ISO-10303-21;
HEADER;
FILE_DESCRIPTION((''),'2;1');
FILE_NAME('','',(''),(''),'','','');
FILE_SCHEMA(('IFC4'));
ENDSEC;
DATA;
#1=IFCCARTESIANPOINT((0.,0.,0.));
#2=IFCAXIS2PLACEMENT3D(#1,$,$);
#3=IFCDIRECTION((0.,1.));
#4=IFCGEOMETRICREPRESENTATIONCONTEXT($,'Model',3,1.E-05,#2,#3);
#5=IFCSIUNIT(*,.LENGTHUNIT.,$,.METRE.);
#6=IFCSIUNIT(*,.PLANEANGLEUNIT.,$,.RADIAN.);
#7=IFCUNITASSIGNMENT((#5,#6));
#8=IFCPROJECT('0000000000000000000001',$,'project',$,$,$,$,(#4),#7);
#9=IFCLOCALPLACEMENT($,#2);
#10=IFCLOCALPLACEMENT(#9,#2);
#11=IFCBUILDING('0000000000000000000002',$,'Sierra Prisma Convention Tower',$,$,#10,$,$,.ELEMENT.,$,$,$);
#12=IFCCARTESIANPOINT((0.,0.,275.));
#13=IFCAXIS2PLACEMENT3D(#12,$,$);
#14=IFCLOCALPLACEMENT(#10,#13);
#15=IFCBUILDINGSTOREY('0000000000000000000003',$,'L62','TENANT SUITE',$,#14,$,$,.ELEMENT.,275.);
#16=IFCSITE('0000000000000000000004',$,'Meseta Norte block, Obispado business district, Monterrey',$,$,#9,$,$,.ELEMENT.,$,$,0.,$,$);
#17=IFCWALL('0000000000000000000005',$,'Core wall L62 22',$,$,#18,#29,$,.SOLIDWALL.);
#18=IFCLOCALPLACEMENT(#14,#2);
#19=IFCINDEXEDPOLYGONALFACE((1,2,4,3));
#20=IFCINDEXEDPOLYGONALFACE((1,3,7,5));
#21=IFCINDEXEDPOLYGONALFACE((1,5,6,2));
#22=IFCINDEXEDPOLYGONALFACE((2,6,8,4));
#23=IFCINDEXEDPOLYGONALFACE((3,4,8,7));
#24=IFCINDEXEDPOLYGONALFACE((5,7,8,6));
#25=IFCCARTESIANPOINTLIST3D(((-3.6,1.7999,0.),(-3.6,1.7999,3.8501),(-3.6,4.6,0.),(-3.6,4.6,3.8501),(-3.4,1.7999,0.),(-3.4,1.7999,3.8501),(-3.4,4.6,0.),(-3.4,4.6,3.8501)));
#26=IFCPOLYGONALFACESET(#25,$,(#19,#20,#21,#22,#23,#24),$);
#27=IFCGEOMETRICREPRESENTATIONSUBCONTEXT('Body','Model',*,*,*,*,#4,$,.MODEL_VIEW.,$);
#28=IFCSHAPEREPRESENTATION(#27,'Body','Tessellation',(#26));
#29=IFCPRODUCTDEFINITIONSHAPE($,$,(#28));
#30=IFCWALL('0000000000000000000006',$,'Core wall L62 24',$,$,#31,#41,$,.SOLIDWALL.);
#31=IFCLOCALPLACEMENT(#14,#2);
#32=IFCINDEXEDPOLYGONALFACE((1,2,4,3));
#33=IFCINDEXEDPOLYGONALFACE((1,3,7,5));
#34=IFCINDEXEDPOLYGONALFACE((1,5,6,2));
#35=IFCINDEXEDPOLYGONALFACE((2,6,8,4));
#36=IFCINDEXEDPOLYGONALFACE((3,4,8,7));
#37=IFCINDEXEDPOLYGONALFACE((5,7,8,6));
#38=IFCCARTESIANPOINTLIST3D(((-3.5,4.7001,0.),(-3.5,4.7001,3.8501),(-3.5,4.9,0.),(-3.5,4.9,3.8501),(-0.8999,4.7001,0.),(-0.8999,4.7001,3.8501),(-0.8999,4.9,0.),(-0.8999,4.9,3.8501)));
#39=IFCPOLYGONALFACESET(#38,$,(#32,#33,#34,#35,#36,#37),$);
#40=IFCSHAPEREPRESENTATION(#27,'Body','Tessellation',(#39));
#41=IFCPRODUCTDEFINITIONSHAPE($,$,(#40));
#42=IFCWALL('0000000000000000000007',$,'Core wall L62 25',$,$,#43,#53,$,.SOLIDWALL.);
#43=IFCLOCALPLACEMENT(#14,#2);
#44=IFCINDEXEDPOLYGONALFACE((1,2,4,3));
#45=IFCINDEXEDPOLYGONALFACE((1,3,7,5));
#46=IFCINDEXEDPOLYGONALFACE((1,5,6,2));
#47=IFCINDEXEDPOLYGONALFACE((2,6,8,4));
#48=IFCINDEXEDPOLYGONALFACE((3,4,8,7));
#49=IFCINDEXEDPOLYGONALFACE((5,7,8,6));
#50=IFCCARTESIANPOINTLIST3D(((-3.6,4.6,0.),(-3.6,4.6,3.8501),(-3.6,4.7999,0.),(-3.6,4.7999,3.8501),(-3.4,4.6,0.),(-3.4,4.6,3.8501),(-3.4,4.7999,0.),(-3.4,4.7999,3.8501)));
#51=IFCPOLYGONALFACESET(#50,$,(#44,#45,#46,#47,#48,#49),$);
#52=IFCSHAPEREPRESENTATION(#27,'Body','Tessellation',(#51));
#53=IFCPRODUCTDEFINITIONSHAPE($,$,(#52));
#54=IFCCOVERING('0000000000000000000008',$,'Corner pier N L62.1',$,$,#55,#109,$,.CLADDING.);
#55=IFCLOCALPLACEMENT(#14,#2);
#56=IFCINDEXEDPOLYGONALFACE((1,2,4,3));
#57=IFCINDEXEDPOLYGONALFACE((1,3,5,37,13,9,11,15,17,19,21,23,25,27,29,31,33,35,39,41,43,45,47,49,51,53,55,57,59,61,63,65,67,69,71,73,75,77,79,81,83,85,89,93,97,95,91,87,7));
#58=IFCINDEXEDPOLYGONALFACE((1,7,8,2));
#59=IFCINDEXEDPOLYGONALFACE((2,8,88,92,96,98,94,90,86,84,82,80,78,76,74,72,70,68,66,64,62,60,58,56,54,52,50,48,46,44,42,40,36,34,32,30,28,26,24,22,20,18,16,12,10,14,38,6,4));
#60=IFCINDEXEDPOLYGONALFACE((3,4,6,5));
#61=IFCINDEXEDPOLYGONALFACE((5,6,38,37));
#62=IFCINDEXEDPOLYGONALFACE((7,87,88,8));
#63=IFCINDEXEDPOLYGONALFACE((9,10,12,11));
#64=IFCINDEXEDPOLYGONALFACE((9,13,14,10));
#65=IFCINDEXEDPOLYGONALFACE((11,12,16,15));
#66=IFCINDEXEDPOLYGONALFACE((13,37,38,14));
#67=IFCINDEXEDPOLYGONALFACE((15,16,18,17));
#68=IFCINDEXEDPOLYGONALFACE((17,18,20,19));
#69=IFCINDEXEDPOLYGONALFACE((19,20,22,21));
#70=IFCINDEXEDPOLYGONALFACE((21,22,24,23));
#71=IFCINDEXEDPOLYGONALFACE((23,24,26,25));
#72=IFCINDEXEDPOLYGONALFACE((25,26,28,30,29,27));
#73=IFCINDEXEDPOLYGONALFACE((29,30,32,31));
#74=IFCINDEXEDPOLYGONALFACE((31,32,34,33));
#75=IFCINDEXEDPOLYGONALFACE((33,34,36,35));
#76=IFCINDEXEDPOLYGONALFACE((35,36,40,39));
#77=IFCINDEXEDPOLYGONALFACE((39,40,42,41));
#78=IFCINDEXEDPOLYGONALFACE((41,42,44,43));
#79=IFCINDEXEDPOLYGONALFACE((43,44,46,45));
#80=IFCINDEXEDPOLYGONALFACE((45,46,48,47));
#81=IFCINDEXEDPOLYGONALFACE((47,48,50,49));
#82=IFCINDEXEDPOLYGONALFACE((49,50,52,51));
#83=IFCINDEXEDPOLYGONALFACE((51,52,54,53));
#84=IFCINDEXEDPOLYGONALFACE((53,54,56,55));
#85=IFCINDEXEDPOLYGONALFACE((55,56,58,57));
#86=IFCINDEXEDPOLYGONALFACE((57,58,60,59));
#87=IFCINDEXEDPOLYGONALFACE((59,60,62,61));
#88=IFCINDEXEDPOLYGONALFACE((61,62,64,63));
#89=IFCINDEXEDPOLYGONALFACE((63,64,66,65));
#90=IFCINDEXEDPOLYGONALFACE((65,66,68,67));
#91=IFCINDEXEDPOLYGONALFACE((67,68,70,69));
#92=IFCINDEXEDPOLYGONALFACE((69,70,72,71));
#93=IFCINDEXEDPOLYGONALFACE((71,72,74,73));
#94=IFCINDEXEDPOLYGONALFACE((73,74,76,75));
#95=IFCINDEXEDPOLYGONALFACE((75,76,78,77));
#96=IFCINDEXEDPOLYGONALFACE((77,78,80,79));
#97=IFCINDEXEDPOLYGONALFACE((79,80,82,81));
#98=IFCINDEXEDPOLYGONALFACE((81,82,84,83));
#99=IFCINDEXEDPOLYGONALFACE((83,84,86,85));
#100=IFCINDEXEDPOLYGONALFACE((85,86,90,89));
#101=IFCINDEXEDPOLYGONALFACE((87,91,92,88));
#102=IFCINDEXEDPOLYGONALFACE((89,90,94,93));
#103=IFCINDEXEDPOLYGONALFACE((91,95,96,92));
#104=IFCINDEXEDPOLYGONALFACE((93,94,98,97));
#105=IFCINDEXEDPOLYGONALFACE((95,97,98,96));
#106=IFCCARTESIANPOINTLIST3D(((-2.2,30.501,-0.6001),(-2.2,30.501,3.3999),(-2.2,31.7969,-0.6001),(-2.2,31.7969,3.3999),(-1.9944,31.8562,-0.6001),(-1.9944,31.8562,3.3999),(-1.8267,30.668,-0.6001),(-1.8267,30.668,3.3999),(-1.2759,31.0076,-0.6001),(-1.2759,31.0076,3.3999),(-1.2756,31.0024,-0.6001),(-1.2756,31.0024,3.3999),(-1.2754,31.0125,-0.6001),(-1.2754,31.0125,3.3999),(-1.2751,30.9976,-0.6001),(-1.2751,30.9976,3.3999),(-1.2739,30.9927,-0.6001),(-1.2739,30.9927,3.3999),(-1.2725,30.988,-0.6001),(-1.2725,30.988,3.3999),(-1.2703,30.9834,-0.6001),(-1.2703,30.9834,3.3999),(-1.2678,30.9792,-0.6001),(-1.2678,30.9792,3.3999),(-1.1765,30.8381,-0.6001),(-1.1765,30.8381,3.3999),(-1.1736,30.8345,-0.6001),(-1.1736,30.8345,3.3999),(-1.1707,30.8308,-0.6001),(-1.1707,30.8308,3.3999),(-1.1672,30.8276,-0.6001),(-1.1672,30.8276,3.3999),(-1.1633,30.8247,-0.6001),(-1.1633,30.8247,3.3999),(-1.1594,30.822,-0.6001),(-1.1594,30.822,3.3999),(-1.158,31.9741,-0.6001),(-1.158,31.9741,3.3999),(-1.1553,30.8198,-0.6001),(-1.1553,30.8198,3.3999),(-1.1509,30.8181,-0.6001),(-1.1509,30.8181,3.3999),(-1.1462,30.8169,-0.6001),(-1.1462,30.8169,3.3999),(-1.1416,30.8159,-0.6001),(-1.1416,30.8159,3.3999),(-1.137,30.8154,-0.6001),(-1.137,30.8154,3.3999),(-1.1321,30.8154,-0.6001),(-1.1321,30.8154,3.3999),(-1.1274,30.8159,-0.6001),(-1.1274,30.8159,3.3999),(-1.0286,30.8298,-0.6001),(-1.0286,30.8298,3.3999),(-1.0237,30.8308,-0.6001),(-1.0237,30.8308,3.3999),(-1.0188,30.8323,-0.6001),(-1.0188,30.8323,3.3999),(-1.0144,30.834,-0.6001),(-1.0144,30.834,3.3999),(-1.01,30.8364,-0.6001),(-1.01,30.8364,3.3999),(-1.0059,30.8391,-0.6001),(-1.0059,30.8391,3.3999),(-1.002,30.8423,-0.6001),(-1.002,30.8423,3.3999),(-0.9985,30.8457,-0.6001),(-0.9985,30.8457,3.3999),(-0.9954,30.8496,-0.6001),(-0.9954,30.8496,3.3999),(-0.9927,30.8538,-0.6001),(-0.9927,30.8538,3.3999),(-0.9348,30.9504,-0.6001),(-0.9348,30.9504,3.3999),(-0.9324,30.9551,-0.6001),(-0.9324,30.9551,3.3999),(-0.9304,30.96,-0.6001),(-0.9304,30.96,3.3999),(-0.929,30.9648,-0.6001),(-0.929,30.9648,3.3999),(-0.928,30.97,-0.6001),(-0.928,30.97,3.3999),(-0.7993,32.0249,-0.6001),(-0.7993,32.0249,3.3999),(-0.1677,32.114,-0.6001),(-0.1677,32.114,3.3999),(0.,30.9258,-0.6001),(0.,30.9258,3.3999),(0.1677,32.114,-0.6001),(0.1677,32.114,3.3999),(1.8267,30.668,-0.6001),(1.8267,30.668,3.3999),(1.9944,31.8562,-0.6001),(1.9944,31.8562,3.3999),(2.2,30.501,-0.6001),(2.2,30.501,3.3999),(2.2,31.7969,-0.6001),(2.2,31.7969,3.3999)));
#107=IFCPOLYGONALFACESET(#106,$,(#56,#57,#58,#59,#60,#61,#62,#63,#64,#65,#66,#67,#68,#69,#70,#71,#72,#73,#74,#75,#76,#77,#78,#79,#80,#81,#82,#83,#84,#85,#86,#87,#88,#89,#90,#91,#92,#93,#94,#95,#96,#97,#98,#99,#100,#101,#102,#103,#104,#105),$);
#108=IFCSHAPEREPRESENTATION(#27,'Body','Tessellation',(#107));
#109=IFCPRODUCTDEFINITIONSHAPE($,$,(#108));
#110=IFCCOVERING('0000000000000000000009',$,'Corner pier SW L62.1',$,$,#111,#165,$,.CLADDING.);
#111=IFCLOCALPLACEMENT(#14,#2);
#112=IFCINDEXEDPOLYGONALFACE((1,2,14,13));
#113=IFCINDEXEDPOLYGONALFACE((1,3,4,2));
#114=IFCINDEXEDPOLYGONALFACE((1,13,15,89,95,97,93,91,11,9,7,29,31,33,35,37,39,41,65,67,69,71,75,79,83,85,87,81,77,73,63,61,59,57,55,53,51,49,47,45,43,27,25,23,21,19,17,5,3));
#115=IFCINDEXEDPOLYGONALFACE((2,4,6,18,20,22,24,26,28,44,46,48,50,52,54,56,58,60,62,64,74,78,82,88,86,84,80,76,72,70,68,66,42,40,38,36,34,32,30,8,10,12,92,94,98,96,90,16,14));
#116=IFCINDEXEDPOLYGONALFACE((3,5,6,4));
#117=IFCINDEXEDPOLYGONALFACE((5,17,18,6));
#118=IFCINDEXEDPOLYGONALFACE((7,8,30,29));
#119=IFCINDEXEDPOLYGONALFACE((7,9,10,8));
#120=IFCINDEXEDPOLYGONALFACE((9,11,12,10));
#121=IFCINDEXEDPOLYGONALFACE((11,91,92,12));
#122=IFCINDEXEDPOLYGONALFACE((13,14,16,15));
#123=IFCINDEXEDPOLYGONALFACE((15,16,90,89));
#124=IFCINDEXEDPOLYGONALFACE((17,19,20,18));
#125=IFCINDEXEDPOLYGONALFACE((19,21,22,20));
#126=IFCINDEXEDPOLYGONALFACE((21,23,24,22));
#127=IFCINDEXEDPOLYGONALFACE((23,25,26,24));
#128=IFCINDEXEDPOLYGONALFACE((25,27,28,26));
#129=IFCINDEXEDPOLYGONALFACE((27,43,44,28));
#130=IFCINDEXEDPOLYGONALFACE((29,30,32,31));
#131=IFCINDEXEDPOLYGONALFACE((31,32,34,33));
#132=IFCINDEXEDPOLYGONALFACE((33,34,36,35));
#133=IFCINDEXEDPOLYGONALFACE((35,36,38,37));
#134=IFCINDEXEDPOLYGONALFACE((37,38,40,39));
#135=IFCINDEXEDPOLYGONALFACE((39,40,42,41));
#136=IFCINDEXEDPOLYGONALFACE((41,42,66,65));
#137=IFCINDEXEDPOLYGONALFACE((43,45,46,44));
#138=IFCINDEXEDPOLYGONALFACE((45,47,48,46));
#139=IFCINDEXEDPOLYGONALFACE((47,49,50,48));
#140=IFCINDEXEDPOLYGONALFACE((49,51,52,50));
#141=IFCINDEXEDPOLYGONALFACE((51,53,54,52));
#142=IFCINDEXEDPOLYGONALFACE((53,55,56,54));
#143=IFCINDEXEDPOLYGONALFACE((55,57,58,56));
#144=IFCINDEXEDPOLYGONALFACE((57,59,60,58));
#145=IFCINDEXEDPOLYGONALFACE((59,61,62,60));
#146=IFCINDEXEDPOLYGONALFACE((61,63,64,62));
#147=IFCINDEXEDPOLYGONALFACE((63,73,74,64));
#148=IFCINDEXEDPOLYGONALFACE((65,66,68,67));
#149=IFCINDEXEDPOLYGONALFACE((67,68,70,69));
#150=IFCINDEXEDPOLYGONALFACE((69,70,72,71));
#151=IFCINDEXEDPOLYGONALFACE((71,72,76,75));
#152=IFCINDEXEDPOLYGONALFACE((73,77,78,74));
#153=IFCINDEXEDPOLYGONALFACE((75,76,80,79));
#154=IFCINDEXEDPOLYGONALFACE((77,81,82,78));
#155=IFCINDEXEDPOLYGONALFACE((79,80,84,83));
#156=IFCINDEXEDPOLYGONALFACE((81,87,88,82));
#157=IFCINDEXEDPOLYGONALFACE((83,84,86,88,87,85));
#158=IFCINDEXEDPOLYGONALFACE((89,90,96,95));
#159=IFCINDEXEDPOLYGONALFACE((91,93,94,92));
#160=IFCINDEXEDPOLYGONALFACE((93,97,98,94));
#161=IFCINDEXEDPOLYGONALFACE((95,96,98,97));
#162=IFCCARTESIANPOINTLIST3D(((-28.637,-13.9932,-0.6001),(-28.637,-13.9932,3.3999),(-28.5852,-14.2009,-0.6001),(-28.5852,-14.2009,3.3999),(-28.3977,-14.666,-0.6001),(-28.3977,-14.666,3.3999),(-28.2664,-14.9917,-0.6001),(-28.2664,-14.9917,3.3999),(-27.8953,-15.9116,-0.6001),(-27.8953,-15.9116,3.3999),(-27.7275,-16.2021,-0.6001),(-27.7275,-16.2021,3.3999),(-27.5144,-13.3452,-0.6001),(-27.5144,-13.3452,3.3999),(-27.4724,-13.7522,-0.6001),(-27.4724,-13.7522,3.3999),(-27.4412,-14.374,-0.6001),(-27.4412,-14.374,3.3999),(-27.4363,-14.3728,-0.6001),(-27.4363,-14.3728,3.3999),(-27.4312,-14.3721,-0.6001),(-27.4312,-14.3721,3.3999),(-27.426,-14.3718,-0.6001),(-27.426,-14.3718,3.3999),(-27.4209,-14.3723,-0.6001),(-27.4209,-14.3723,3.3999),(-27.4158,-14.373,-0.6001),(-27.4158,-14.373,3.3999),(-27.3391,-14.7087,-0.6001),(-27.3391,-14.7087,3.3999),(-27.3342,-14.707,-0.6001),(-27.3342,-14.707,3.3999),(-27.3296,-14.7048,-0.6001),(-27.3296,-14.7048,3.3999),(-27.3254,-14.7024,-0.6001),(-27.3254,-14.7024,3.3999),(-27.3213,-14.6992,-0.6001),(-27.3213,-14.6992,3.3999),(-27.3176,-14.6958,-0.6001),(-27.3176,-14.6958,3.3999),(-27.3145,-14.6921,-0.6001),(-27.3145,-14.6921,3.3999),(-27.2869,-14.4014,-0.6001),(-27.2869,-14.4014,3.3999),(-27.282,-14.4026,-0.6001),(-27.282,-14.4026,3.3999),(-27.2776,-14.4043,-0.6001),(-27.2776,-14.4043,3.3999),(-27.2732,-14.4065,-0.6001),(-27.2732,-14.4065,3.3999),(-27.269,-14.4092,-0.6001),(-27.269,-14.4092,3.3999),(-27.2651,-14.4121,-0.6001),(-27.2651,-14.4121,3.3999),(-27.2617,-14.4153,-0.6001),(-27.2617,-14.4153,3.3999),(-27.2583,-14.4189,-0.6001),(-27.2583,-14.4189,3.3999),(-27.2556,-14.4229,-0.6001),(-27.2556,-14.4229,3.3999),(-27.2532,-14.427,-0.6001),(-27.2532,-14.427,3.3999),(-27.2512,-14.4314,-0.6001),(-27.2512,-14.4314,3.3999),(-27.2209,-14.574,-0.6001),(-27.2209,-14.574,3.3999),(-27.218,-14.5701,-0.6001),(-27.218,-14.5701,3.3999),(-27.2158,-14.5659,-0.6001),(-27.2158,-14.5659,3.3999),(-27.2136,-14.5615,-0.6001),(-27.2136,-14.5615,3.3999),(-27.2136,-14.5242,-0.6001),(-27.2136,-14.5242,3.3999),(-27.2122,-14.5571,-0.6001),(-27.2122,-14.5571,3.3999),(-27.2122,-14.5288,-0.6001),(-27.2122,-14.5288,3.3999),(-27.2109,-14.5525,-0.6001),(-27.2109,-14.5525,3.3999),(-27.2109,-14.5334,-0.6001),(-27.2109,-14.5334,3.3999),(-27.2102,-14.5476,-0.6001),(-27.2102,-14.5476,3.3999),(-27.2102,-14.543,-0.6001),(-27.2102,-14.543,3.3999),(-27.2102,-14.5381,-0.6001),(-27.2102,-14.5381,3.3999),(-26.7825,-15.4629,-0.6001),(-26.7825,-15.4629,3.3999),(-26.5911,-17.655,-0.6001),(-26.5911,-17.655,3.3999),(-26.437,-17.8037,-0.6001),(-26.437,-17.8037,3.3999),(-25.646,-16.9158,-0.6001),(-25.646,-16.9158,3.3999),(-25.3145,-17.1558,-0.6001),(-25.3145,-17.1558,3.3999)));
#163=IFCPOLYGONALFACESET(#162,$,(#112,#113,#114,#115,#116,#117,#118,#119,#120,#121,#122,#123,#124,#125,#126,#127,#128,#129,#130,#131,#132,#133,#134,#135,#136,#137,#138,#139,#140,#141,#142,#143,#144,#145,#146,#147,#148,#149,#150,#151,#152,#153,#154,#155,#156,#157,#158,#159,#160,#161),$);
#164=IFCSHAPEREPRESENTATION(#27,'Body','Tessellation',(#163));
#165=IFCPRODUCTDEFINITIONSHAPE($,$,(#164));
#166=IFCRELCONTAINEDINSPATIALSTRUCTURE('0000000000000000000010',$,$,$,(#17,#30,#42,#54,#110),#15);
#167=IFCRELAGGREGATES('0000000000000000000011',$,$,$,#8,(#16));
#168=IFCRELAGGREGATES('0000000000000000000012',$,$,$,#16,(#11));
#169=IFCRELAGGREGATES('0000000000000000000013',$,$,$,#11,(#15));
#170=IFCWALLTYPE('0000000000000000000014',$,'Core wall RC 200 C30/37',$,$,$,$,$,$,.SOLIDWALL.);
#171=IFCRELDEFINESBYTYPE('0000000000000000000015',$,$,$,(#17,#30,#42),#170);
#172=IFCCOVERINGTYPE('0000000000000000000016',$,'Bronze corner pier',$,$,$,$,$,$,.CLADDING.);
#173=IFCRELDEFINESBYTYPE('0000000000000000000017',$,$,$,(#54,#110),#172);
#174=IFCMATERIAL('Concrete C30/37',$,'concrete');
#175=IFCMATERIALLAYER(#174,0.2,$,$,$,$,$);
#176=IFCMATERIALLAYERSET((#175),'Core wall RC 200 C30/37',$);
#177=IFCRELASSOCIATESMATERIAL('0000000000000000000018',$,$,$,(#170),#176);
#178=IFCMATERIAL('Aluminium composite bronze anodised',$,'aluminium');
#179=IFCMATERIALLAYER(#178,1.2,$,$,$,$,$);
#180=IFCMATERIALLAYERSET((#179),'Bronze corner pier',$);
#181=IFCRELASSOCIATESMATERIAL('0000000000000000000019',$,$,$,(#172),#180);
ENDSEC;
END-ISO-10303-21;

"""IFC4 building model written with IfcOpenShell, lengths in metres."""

from ifc_helpers import new_model, si_unit, direction, frame, frame_2d, origin, place, context, subcontext, project, spatial, polyline, rectangle, outline, extrude, material, layer, layer_set, type_object, element, save


model = new_model("IFC4")

# Units and contexts
model_context = context("Model", 3, precision=1e-05, world=origin(), true_north=direction((0.0, 1.0)))
body_context = subcontext(model_context, "Body", "Model", "MODEL_VIEW")
ifc_project = project(units=[si_unit("LENGTHUNIT", "METRE"), si_unit("PLANEANGLEUNIT", "RADIAN")], contexts=[model_context])

# Site, building, storey
site_placement = place(None, origin())
site = spatial("IfcSite", under=ifc_project, at=site_placement, Name="Meseta Norte block, Obispado business district, Monterrey", CompositionType="ELEMENT", RefElevation=0.0)
building_placement = place(site_placement, origin())
building = spatial("IfcBuilding", under=site, at=building_placement, Name="Sierra Prisma Convention Tower", CompositionType="ELEMENT")
storey_placement = place(building_placement, frame((0.0, 0.0, 275.0)))
storey = spatial("IfcBuildingStorey", under=building, at=storey_placement, Name="L62", Description="TENANT SUITE", CompositionType="ELEMENT", Elevation=275.0)

# Shared definitions
ifc_material_1 = material(Name="Concrete C30/37", Category="concrete")
ifc_layer_1 = layer(ifc_material_1, 0.2)
ifc_layer_set_1 = layer_set([ifc_layer_1], Name="Core wall RC 200 C30/37")
wall_type = type_object("IfcWallType", Name="Core wall RC 200 C30/37", PredefinedType="SOLIDWALL", material=ifc_layer_set_1)

# Wall
wall_1_placement = place(storey_placement, frame((-3.5, 1.8, 0.0), z_axis=(0.0, 0.0, 1.0), x_axis=(0.0, 1.0, 0.0)))
element("IfcWall", 1, at=wall_1_placement, inside=storey, type_object=wall_type, Name="Core wall L62 22", PredefinedType="SOLIDWALL", context=body_context, shape_type="SweptSolid", body=[
    extrude(rectangle(XDim=2.8, YDim=0.2, at=frame_2d((1.3999, 0.0))), origin(), (0.0, 0.0, 1.0), 3.8501),
])

# Walls
wall_2_placement = place(storey_placement, frame((-0.8999, 4.8, 0.0), z_axis=(0.0, 0.0, 1.0), x_axis=(-1.0, 0.0, 0.0)))
element("IfcWall", 2, at=wall_2_placement, inside=storey, type_object=wall_type, Name="Core wall L62 24", PredefinedType="SOLIDWALL", context=body_context, shape_type="SweptSolid", body=[
    extrude(rectangle(XDim=2.6001, YDim=0.2, at=frame_2d((1.3, 0.0))), origin(), (0.0, 0.0, 1.0), 3.8501),
])
wall_3_placement = place(storey_placement, frame((-3.5, 4.8, 0.0), z_axis=(0.0, 0.0, 1.0), x_axis=(0.0, -1.0, 0.0)))
element("IfcWall", 3, at=wall_3_placement, inside=storey, type_object=wall_type, Name="Core wall L62 25", PredefinedType="SOLIDWALL", context=body_context, shape_type="SweptSolid", body=[
    extrude(rectangle(XDim=0.2, YDim=0.2, at=frame_2d((0.1001, 0.0))), origin(), (0.0, 0.0, 1.0), 3.8501),
])

# Coverings
ifc_material_2 = material(Name="Aluminium composite bronze anodised", Category="aluminium")
ifc_layer_2 = layer(ifc_material_2, 1.2)
ifc_layer_set_2 = layer_set([ifc_layer_2], Name="Bronze corner pier")
covering_type_1 = type_object("IfcCoveringType", Name="Bronze corner pier", PredefinedType="CLADDING", material=ifc_layer_set_2)
covering_1_placement = place(storey_placement, frame((0.0, 0.0, -0.6001)))
element("IfcCovering", 4, at=covering_1_placement, inside=storey, type_object=covering_type_1, Name="Corner pier N L62.1", PredefinedType="CLADDING", context=body_context, shape_type="SweptSolid", body=[
    extrude(outline(polyline([(-2.2, 31.7969), (-1.9944, 31.8562), (-1.158, 31.9741), (-1.2754, 31.0125), (-1.2759, 31.0076), (-1.2756, 31.0024), (-1.2751, 30.9976), (-1.2739, 30.9927), (-1.2725, 30.988), (-1.2703, 30.9834), (-1.2678, 30.9792), (-1.1765, 30.8381), (-1.1736, 30.8345), (-1.1707, 30.8308), (-1.1672, 30.8276), (-1.1633, 30.8247), (-1.1594, 30.822), (-1.1553, 30.8198), (-1.1509, 30.8181), (-1.1462, 30.8169), (-1.1416, 30.8159), (-1.137, 30.8154), (-1.1321, 30.8154), (-1.1274, 30.8159), (-1.0286, 30.8298), (-1.0237, 30.8308), (-1.0188, 30.8323), (-1.0144, 30.834), (-1.01, 30.8364), (-1.0059, 30.8391), (-1.002, 30.8423), (-0.9985, 30.8457), (-0.9954, 30.8496), (-0.9927, 30.8538), (-0.9348, 30.9504), (-0.9324, 30.9551), (-0.9304, 30.96), (-0.929, 30.9648), (-0.928, 30.97), (-0.7993, 32.0249), (-0.1677, 32.114), (0.1677, 32.114), (1.9944, 31.8562), (2.2, 31.7969), (2.2, 30.501), (1.8267, 30.668), (0.0, 30.9258), (-1.8267, 30.668), (-2.2, 30.501), (-2.2, 31.7969)])), origin(), (0.0, 0.0, 1.0), 4.0),
])
covering_2_placement = place(storey_placement, frame((0.0, 0.0, -0.6001)))
element("IfcCovering", 5, at=covering_2_placement, inside=storey, type_object=covering_type_1, Name="Corner pier SW L62.1", PredefinedType="CLADDING", context=body_context, shape_type="SweptSolid", body=[
    extrude(outline(polyline([(-26.437, -17.8037), (-26.5911, -17.655), (-27.7275, -16.2021), (-27.8953, -15.9116), (-28.2664, -14.9917), (-27.3391, -14.7087), (-27.3342, -14.707), (-27.3296, -14.7048), (-27.3254, -14.7024), (-27.3213, -14.6992), (-27.3176, -14.6958), (-27.3145, -14.6921), (-27.2209, -14.574), (-27.218, -14.5701), (-27.2158, -14.5659), (-27.2136, -14.5615), (-27.2122, -14.5571), (-27.2109, -14.5525), (-27.2102, -14.5476), (-27.2102, -14.543), (-27.2102, -14.5381), (-27.2109, -14.5334), (-27.2122, -14.5288), (-27.2136, -14.5242), (-27.2512, -14.4314), (-27.2532, -14.427), (-27.2556, -14.4229), (-27.2583, -14.4189), (-27.2617, -14.4153), (-27.2651, -14.4121), (-27.269, -14.4092), (-27.2732, -14.4065), (-27.2776, -14.4043), (-27.282, -14.4026), (-27.2869, -14.4014), (-27.4158, -14.373), (-27.4209, -14.3723), (-27.426, -14.3718), (-27.4312, -14.3721), (-27.4363, -14.3728), (-27.4412, -14.374), (-28.3977, -14.666), (-28.5852, -14.2009), (-28.637, -13.9932), (-27.5144, -13.3452), (-27.4724, -13.7522), (-26.7825, -15.4629), (-25.646, -16.9158), (-25.3145, -17.1558), (-26.437, -17.8037)])), origin(), (0.0, 0.0, 1.0), 4.0),
])

save(model, "model.ifc")
